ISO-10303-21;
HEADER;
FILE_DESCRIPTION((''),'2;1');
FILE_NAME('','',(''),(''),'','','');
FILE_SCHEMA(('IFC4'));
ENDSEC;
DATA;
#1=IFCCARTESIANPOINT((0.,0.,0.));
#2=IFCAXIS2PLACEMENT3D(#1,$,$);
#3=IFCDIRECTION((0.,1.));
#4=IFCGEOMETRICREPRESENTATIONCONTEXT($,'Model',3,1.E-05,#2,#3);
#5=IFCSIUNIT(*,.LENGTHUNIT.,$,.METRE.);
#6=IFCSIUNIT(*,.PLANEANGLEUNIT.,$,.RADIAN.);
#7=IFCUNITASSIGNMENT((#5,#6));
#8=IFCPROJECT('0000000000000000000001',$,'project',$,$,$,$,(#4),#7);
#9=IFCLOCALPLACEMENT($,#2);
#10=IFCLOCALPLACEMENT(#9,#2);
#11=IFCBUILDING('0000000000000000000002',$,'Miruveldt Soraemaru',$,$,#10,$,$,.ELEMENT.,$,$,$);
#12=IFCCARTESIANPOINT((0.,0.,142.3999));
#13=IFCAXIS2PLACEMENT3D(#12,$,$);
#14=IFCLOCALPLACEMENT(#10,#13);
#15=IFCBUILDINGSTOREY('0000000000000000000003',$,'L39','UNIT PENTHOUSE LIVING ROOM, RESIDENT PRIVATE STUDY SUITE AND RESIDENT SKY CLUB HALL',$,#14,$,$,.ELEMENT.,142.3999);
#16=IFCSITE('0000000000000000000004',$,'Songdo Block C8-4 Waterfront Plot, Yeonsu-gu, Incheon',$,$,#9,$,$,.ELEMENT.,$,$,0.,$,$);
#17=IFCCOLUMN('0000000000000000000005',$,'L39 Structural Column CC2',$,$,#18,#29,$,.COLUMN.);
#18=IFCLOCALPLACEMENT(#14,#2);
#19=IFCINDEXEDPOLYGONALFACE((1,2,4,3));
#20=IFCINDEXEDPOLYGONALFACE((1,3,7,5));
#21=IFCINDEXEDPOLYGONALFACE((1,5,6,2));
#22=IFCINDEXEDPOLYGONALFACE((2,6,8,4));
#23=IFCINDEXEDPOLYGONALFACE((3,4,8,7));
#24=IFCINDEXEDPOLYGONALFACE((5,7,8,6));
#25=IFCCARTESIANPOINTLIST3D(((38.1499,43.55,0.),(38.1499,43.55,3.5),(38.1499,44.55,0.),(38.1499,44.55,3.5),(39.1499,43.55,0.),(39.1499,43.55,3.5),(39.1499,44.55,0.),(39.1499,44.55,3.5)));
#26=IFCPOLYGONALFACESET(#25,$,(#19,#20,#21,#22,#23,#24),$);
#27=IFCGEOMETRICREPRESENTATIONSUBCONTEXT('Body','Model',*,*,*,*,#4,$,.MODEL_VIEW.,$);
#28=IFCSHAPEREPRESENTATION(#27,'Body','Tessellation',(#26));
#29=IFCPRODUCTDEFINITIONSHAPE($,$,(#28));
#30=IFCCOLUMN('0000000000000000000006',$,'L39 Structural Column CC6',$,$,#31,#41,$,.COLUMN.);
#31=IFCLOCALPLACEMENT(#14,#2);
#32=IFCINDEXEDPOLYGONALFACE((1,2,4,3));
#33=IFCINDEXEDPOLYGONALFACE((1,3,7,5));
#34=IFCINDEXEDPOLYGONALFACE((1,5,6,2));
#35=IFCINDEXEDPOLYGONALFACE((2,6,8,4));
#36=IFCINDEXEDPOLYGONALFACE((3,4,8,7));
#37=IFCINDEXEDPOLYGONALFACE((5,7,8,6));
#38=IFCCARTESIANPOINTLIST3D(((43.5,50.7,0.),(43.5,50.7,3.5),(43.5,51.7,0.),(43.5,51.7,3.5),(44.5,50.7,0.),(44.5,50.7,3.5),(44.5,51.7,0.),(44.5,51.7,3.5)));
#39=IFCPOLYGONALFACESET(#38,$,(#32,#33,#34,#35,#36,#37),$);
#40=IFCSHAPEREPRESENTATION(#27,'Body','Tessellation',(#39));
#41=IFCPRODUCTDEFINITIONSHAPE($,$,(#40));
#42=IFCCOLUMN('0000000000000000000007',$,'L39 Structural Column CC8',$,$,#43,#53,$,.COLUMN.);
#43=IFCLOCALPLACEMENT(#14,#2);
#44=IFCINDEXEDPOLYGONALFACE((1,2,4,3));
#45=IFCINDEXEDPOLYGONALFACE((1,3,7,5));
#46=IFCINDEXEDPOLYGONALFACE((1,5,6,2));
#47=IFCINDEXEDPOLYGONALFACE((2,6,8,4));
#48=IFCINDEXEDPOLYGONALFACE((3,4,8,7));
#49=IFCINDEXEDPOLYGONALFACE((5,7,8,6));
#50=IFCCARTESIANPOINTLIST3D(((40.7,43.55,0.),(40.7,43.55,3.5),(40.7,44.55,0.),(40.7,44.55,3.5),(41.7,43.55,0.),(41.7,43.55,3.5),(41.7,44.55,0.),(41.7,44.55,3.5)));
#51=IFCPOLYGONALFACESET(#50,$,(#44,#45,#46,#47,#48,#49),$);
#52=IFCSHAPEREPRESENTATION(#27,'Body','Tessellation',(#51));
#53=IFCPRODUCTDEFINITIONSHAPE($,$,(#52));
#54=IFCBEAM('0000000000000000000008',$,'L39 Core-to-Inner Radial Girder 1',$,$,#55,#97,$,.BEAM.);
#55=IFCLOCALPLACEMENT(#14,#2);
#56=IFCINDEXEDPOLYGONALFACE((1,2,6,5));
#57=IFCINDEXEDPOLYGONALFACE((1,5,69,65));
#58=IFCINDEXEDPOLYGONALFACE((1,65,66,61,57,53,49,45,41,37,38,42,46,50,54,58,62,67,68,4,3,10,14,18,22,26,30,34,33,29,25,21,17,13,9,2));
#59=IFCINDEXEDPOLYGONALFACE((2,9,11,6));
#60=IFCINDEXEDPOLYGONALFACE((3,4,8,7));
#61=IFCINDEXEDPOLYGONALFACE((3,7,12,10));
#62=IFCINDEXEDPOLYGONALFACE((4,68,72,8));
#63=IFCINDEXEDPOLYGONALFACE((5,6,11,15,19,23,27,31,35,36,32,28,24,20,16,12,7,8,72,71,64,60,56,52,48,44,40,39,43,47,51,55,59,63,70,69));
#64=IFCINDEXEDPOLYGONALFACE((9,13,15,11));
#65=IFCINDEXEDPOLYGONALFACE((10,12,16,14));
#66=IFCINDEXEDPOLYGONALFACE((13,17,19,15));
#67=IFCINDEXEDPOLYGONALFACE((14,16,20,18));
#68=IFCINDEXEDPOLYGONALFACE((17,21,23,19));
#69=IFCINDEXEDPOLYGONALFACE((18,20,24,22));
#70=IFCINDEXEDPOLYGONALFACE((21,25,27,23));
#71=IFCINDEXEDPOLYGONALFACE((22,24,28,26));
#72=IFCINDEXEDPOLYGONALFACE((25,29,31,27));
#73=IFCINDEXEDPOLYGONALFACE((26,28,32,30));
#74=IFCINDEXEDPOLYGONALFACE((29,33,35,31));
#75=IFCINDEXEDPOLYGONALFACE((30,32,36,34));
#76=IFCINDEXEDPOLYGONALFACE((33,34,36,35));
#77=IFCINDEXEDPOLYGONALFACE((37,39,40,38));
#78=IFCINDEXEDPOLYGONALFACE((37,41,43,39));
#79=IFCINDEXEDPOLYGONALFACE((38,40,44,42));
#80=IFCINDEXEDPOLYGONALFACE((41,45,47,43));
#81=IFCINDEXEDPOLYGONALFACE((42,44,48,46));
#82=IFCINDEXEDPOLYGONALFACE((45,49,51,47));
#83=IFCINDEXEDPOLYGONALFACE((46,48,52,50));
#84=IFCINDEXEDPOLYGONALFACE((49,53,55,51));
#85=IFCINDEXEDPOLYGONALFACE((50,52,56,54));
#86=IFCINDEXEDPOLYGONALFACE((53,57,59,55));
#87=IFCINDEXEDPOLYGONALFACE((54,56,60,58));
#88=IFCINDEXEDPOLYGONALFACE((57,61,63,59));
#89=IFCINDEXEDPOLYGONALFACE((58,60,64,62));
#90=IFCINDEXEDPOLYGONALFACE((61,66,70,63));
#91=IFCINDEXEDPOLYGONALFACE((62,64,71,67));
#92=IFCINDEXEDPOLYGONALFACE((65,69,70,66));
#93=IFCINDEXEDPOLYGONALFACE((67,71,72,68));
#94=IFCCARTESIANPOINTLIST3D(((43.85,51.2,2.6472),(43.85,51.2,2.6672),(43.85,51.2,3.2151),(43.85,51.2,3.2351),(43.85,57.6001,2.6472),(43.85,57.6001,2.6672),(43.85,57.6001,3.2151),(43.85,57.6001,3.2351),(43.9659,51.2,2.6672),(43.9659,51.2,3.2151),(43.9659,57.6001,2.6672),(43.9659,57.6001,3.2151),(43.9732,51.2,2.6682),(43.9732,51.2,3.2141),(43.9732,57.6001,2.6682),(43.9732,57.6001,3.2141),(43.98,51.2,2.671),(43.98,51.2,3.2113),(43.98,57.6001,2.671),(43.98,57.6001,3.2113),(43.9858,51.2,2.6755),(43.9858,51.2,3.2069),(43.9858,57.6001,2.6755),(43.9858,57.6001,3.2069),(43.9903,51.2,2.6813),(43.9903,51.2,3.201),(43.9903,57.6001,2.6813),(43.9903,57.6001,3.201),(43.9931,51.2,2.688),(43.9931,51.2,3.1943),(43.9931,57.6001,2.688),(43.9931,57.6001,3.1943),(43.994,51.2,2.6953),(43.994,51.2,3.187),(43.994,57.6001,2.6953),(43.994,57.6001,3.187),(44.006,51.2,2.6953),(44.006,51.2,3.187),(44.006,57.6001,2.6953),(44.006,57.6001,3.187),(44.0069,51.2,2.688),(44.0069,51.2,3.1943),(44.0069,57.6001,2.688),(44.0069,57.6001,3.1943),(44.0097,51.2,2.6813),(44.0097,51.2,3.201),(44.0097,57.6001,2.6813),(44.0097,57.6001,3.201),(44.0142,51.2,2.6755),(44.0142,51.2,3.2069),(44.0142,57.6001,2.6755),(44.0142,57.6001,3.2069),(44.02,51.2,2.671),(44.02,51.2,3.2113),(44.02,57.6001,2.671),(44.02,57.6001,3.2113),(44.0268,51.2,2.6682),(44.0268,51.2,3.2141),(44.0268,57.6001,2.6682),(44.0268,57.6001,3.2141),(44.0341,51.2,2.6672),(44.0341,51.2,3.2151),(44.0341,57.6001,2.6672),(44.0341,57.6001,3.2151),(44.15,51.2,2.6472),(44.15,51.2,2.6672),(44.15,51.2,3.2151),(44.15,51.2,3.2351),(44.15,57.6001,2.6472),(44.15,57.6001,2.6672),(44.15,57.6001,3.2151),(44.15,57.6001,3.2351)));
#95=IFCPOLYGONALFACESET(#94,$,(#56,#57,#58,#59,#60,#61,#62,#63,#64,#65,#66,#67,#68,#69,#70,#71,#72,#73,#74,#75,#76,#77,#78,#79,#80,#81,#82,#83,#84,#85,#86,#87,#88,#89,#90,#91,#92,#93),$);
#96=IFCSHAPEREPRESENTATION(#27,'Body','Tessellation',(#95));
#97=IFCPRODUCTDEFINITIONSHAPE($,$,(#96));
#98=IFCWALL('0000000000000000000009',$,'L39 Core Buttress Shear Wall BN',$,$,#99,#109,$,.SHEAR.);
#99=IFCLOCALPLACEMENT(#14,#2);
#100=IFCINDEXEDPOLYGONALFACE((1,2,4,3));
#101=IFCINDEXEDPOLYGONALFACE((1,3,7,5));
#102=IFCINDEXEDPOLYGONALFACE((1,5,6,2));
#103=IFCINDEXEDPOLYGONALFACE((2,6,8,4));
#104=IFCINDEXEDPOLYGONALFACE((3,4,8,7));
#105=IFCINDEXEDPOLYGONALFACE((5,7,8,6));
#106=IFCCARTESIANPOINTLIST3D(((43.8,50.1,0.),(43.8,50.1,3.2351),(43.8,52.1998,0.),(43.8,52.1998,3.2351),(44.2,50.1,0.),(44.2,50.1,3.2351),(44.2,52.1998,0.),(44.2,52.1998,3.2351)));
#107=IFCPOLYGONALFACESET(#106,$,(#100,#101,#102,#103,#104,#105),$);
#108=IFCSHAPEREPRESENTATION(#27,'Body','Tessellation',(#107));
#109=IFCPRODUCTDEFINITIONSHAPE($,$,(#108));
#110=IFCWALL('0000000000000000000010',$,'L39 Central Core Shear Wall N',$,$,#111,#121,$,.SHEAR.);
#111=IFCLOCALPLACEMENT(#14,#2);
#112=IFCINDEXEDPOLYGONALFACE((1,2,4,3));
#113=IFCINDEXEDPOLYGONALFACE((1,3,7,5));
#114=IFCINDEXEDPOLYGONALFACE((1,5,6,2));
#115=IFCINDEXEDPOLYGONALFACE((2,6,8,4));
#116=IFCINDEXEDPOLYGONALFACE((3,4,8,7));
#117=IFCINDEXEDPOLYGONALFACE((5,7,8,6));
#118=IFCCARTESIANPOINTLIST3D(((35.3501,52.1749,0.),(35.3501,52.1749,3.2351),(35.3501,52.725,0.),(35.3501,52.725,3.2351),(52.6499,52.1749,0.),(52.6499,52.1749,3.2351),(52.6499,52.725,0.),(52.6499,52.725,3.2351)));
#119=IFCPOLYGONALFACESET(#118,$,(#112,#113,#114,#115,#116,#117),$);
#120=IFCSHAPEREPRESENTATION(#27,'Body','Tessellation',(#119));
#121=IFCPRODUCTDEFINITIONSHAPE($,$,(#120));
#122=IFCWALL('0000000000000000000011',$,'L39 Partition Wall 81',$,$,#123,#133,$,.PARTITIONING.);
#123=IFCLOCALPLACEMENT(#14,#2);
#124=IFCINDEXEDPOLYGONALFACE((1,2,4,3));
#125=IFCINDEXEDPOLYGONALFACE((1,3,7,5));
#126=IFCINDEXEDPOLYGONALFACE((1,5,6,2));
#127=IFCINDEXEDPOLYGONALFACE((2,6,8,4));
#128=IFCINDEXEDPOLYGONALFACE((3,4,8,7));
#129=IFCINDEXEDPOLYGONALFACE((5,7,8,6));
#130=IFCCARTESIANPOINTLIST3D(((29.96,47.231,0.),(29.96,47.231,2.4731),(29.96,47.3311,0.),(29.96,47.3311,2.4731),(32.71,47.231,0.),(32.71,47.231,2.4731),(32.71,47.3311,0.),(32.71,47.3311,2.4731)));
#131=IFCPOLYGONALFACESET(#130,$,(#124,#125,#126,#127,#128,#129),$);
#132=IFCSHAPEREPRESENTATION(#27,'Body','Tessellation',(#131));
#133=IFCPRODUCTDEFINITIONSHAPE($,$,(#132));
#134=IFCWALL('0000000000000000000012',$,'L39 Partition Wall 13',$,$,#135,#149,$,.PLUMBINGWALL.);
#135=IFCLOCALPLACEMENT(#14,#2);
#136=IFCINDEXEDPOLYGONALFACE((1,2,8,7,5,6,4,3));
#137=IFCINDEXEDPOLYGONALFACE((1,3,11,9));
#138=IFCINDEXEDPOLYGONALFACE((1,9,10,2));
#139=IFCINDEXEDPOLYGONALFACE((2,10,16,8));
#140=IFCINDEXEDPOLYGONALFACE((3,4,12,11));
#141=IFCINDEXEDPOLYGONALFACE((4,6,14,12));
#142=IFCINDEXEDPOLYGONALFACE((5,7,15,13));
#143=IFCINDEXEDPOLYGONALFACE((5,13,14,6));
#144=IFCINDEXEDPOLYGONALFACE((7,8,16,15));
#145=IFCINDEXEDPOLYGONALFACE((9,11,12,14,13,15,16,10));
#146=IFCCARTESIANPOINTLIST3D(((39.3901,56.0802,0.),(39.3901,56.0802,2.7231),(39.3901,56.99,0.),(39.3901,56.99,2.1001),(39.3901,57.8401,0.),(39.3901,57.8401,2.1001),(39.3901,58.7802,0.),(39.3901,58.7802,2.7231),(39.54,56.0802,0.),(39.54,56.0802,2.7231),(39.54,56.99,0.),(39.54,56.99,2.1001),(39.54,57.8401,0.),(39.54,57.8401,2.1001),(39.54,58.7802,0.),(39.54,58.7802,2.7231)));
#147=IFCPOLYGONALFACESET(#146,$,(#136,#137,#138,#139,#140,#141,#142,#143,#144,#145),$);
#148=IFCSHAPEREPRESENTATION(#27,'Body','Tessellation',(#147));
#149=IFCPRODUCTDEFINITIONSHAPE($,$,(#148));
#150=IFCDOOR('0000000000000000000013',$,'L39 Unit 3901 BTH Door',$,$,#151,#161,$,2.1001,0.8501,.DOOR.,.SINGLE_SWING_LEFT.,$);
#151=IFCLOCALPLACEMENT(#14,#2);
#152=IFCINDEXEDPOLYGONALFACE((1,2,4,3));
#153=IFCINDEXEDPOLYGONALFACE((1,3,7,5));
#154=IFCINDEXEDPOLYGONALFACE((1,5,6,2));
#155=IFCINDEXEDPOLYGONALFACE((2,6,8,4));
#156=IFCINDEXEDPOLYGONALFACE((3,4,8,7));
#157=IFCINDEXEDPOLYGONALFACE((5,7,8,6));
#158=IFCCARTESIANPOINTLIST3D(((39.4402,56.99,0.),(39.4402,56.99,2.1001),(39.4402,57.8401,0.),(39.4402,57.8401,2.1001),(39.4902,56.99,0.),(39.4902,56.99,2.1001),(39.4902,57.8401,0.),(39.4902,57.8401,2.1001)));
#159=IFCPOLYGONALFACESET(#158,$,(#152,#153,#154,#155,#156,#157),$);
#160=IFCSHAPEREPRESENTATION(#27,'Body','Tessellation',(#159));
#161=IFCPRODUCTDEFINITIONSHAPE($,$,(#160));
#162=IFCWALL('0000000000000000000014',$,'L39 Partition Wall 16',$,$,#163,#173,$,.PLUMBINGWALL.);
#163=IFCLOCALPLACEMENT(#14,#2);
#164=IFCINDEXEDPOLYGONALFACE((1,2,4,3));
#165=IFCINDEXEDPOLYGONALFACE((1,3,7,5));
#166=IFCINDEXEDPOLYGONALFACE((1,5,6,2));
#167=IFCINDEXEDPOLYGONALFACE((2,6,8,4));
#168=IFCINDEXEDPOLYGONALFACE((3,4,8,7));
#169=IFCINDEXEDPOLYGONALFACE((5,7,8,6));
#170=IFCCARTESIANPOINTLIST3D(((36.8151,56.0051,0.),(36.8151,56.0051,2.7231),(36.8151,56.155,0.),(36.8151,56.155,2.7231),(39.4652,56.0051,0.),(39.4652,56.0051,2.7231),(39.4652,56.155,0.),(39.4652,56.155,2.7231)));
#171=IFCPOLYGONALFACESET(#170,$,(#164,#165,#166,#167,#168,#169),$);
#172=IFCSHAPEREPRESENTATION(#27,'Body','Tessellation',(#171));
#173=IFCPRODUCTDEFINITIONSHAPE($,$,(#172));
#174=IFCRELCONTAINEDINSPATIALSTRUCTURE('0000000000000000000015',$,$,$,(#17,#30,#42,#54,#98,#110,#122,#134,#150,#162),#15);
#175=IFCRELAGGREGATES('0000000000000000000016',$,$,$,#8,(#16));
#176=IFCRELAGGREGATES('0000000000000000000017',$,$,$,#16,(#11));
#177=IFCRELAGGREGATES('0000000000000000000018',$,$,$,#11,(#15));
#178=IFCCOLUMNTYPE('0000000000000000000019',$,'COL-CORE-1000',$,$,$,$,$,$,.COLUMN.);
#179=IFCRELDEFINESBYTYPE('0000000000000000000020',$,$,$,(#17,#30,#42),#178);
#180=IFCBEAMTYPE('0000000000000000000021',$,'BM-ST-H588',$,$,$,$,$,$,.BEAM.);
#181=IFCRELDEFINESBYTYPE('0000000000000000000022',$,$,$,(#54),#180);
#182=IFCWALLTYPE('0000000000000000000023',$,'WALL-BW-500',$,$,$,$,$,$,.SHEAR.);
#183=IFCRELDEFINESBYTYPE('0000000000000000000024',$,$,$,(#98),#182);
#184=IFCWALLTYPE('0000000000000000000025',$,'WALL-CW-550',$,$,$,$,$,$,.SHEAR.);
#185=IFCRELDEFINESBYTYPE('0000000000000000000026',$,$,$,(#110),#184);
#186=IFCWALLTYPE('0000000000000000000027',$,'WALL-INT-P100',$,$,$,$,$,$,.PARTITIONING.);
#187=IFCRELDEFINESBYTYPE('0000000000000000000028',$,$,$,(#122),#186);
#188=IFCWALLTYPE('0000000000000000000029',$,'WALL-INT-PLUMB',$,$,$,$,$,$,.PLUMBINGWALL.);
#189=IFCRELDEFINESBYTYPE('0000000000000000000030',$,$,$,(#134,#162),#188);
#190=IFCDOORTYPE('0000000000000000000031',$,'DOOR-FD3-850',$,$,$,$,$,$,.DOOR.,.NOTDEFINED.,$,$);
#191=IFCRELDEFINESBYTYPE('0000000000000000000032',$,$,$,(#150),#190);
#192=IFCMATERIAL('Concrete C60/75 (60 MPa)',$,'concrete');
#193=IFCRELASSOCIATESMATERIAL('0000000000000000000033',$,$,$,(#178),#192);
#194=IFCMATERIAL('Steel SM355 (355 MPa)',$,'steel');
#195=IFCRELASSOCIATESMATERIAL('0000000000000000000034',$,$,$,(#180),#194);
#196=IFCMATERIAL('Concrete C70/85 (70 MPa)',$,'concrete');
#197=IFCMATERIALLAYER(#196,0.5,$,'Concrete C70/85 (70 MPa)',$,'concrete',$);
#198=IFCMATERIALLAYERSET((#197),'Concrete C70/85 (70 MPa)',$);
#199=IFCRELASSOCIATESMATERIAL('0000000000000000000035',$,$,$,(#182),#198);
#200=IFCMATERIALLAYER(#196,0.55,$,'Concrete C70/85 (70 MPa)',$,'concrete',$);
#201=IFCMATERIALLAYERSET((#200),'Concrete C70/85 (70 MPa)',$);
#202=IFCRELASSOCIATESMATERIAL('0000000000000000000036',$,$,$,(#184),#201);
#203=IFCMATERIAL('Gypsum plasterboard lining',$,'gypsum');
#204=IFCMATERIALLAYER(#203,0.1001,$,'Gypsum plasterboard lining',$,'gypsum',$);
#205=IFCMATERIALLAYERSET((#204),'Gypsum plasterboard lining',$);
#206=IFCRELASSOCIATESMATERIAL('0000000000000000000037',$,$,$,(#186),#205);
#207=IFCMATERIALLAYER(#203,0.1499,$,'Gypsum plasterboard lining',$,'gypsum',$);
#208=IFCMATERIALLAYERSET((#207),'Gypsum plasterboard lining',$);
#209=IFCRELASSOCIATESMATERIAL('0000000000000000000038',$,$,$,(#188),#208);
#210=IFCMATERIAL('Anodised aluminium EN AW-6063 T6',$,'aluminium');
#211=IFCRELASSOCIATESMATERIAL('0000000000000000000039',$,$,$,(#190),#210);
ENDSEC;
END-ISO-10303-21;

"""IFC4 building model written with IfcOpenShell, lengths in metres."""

from ifc_helpers import new_model, si_unit, direction, frame, frame_2d, origin, origin_2d, place, context, subcontext, project, spatial, rectangle, i_section, extrude, material, layer, layer_set, material_profile, profile_set, type_object, element, fill, save


model = new_model("IFC4")

# Units and contexts
model_context = context("Model", 3, precision=1e-05, world=origin(), true_north=direction((0.0, 1.0)))
body_context = subcontext(model_context, "Body", "Model", "MODEL_VIEW")
ifc_project = project(units=[si_unit("LENGTHUNIT", "METRE"), si_unit("PLANEANGLEUNIT", "RADIAN")], contexts=[model_context])

# Site, building, storey
site_placement = place(None, origin())
site = spatial("IfcSite", under=ifc_project, at=site_placement, Name="Songdo Block C8-4 Waterfront Plot, Yeonsu-gu, Incheon", CompositionType="ELEMENT", RefElevation=0.0)
building_placement = place(site_placement, origin())
building = spatial("IfcBuilding", under=site, at=building_placement, Name="Miruveldt Soraemaru", CompositionType="ELEMENT")
storey_placement = place(building_placement, frame((0.0, 0.0, 142.3999)))
storey = spatial("IfcBuildingStorey", under=building, at=storey_placement, Name="L39", Description="UNIT PENTHOUSE LIVING ROOM, RESIDENT PRIVATE STUDY SUITE AND RESIDENT SKY CLUB HALL", CompositionType="ELEMENT", Elevation=142.3999)

# Columns
ifc_material_1 = material(Name="Concrete C60/75 (60 MPa)", Category="concrete")
ifc_material_profile_1 = material_profile(ifc_material_1, rectangle(XDim=1.0, YDim=1.0, at=origin_2d()), Name="Concrete C60/75 (60 MPa)", Category="concrete")
ifc_profile_set_1 = profile_set([ifc_material_profile_1], Name="Concrete C60/75 (60 MPa)")
column_type = type_object("IfcColumnType", Name="COL-CORE-1000", PredefinedType="COLUMN", material=ifc_profile_set_1)
for number, where, z_axis, x_axis, name in (
    (1, (38.6499, 44.05, 0.0), (0.0, 0.0, 1.0), (1.0, 0.0, 0.0), "L39 Structural Column CC2"),
    (2, (44.0, 51.2, 0.0), (0.0, 0.0, 1.0), (1.0, 0.0, 0.0), "L39 Structural Column CC6"),
    (3, (41.2, 44.05, 0.0), (0.0, 0.0, 1.0), (1.0, 0.0, 0.0), "L39 Structural Column CC8"),
):
    element("IfcColumn", number, at=place(storey_placement, frame(where, z_axis=z_axis, x_axis=x_axis)), inside=storey, type_object=column_type, Name=name, PredefinedType="COLUMN", context=body_context, shape_type="SweptSolid", body=[
        extrude(rectangle(XDim=1.0, YDim=1.0, at=origin_2d()), origin(), (0.0, 0.0, 1.0), 3.5),
    ])

# Beam
ifc_material_2 = material(Name="Steel SM355 (355 MPa)", Category="steel")
ifc_material_profile_2 = material_profile(ifc_material_2, i_section(OverallWidth=0.3, OverallDepth=0.5879, WebThickness=0.012, FlangeThickness=0.02, FilletRadius=0.0281, at=origin_2d()), Name="Steel SM355 (355 MPa)", Category="steel")
ifc_profile_set_2 = profile_set([ifc_material_profile_2], Name="Steel SM355 (355 MPa)")
beam_type = type_object("IfcBeamType", Name="BM-ST-H588", PredefinedType="BEAM", material=ifc_profile_set_2)
beam_placement = place(storey_placement, frame((44.0, 51.2, 2.9412), z_axis=(0.0, 1.0, 0.0), x_axis=(-1.0, 0.0, 0.0)))
element("IfcBeam", 4, at=beam_placement, inside=storey, type_object=beam_type, Name="L39 Core-to-Inner Radial Girder 1", PredefinedType="BEAM", context=body_context, shape_type="SweptSolid", body=[
    extrude(i_section(OverallWidth=0.3, OverallDepth=0.5879, WebThickness=0.012, FlangeThickness=0.02, FilletRadius=0.0281, at=origin_2d()), origin(), (0.0, 0.0, 1.0), 6.4001),
])

# Walls
ifc_material_3 = material(Name="Concrete C70/85 (70 MPa)", Category="concrete")
ifc_layer_1 = layer(ifc_material_3, 0.5, Name="Concrete C70/85 (70 MPa)", Category="concrete")
ifc_layer_set_1 = layer_set([ifc_layer_1], Name="Concrete C70/85 (70 MPa)")
wall_type_1 = type_object("IfcWallType", Name="WALL-BW-500", PredefinedType="SHEAR", material=ifc_layer_set_1)
wall_1_placement = place(storey_placement, frame((44.0, 50.1001, 0.0), z_axis=(0.0, 0.0, 1.0), x_axis=(0.0, 1.0, 0.0)))
element("IfcWall", 5, at=wall_1_placement, inside=storey, type_object=wall_type_1, Name="L39 Core Buttress Shear Wall BN", PredefinedType="SHEAR", context=body_context, shape_type="SweptSolid", body=[
    extrude(rectangle(XDim=2.0999, YDim=0.3999, at=frame_2d((1.0498, 0.0))), origin(), (0.0, 0.0, 1.0), 3.2351),
])
ifc_layer_2 = layer(ifc_material_3, 0.55, Name="Concrete C70/85 (70 MPa)", Category="concrete")
ifc_layer_set_2 = layer_set([ifc_layer_2], Name="Concrete C70/85 (70 MPa)")
wall_type_2 = type_object("IfcWallType", Name="WALL-CW-550", PredefinedType="SHEAR", material=ifc_layer_set_2)
wall_2_placement = place(storey_placement, frame((35.3501, 52.45, 0.0), z_axis=(0.0, 0.0, 1.0), x_axis=(1.0, 0.0, 0.0)))
element("IfcWall", 6, at=wall_2_placement, inside=storey, type_object=wall_type_2, Name="L39 Central Core Shear Wall N", PredefinedType="SHEAR", context=body_context, shape_type="SweptSolid", body=[
    extrude(rectangle(XDim=17.2998, YDim=0.55, at=frame_2d((8.6499, 0.0))), origin(), (0.0, 0.0, 1.0), 3.2351),
])
ifc_material_4 = material(Name="Gypsum plasterboard lining", Category="gypsum")
ifc_layer_3 = layer(ifc_material_4, 0.1001, Name="Gypsum plasterboard lining", Category="gypsum")
ifc_layer_set_3 = layer_set([ifc_layer_3], Name="Gypsum plasterboard lining")
wall_type_3 = type_object("IfcWallType", Name="WALL-INT-P100", PredefinedType="PARTITIONING", material=ifc_layer_set_3)
wall_3_placement = place(storey_placement, frame((32.71, 47.281, 0.0), z_axis=(0.0, 0.0, 1.0), x_axis=(-1.0, 0.0, 0.0)))
element("IfcWall", 7, at=wall_3_placement, inside=storey, type_object=wall_type_3, Name="L39 Partition Wall 81", PredefinedType="PARTITIONING", context=body_context, shape_type="SweptSolid", body=[
    extrude(rectangle(XDim=2.75, YDim=0.1001, at=frame_2d((1.375, 0.0))), origin(), (0.0, 0.0, 1.0), 2.4731),
])

# Wall, opening, door
ifc_layer_4 = layer(ifc_material_4, 0.1499, Name="Gypsum plasterboard lining", Category="gypsum")
ifc_layer_set_4 = layer_set([ifc_layer_4], Name="Gypsum plasterboard lining")
wall_type_4 = type_object("IfcWallType", Name="WALL-INT-PLUMB", PredefinedType="PLUMBINGWALL", material=ifc_layer_set_4)
wall_4_placement = place(storey_placement, frame((39.4651, 56.0801, 0.0), z_axis=(0.0, 0.0, 1.0), x_axis=(0.0, 1.0, 0.0)))
wall_4 = element("IfcWall", 8, at=wall_4_placement, inside=storey, type_object=wall_type_4, Name="L39 Partition Wall 13", PredefinedType="PLUMBINGWALL", context=body_context, shape_type="SweptSolid", body=[
    extrude(rectangle(XDim=2.7, YDim=0.1499, at=frame_2d((1.3501, 0.0))), origin(), (0.0, 0.0, 1.0), 2.7231),
])
opening_1_placement = place(wall_4_placement, frame((0.9099, 0.0, 0.0)))
opening_1 = element("IfcOpeningElement", 9, at=opening_1_placement, cuts=wall_4, PredefinedType="OPENING", context=body_context, shape_type="SweptSolid", body=[
    extrude(rectangle(XDim=0.8501, YDim=2.1001, at=frame_2d((0.425, 1.05))), frame((0.0, 0.085, 0.0), z_axis=(0.0, -1.0, 0.0), x_axis=(1.0, 0.0, 0.0)), (0.0, 0.0, 1.0), 0.1699),
])
ifc_material_5 = material(Name="Anodised aluminium EN AW-6063 T6", Category="aluminium")
door_type_1 = type_object("IfcDoorType", Name="DOOR-FD3-850", OperationType="NOTDEFINED", PredefinedType="DOOR", material=ifc_material_5)
door_1_placement = place(opening_1_placement, origin())
door_1 = element("IfcDoor", 10, at=door_1_placement, inside=storey, type_object=door_type_1, Name="L39 Unit 3901 BTH Door", OperationType="SINGLE_SWING_LEFT", OverallHeight=2.1001, OverallWidth=0.8501, PredefinedType="DOOR", context=body_context, shape_type="SweptSolid", body=[
    extrude(rectangle(XDim=0.8501, YDim=2.1001, at=frame_2d((0.425, 1.05))), frame((0.0, 0.0249, 0.0), z_axis=(0.0, -1.0, 0.0), x_axis=(1.0, 0.0, 0.0)), (0.0, 0.0, 1.0), 0.05),
])
fill(opening_1, door_1)

# Wall
wall_5_placement = place(storey_placement, frame((36.8149, 56.0801, 0.0), z_axis=(0.0, 0.0, 1.0), x_axis=(1.0, 0.0, 0.0)))
element("IfcWall", 11, at=wall_5_placement, inside=storey, type_object=wall_type_4, Name="L39 Partition Wall 16", PredefinedType="PLUMBINGWALL", context=body_context, shape_type="SweptSolid", body=[
    extrude(rectangle(XDim=2.6501, YDim=0.1499, at=frame_2d((1.3252, 0.0))), origin(), (0.0, 0.0, 1.0), 2.7231),
])

save(model, "model.ifc")
